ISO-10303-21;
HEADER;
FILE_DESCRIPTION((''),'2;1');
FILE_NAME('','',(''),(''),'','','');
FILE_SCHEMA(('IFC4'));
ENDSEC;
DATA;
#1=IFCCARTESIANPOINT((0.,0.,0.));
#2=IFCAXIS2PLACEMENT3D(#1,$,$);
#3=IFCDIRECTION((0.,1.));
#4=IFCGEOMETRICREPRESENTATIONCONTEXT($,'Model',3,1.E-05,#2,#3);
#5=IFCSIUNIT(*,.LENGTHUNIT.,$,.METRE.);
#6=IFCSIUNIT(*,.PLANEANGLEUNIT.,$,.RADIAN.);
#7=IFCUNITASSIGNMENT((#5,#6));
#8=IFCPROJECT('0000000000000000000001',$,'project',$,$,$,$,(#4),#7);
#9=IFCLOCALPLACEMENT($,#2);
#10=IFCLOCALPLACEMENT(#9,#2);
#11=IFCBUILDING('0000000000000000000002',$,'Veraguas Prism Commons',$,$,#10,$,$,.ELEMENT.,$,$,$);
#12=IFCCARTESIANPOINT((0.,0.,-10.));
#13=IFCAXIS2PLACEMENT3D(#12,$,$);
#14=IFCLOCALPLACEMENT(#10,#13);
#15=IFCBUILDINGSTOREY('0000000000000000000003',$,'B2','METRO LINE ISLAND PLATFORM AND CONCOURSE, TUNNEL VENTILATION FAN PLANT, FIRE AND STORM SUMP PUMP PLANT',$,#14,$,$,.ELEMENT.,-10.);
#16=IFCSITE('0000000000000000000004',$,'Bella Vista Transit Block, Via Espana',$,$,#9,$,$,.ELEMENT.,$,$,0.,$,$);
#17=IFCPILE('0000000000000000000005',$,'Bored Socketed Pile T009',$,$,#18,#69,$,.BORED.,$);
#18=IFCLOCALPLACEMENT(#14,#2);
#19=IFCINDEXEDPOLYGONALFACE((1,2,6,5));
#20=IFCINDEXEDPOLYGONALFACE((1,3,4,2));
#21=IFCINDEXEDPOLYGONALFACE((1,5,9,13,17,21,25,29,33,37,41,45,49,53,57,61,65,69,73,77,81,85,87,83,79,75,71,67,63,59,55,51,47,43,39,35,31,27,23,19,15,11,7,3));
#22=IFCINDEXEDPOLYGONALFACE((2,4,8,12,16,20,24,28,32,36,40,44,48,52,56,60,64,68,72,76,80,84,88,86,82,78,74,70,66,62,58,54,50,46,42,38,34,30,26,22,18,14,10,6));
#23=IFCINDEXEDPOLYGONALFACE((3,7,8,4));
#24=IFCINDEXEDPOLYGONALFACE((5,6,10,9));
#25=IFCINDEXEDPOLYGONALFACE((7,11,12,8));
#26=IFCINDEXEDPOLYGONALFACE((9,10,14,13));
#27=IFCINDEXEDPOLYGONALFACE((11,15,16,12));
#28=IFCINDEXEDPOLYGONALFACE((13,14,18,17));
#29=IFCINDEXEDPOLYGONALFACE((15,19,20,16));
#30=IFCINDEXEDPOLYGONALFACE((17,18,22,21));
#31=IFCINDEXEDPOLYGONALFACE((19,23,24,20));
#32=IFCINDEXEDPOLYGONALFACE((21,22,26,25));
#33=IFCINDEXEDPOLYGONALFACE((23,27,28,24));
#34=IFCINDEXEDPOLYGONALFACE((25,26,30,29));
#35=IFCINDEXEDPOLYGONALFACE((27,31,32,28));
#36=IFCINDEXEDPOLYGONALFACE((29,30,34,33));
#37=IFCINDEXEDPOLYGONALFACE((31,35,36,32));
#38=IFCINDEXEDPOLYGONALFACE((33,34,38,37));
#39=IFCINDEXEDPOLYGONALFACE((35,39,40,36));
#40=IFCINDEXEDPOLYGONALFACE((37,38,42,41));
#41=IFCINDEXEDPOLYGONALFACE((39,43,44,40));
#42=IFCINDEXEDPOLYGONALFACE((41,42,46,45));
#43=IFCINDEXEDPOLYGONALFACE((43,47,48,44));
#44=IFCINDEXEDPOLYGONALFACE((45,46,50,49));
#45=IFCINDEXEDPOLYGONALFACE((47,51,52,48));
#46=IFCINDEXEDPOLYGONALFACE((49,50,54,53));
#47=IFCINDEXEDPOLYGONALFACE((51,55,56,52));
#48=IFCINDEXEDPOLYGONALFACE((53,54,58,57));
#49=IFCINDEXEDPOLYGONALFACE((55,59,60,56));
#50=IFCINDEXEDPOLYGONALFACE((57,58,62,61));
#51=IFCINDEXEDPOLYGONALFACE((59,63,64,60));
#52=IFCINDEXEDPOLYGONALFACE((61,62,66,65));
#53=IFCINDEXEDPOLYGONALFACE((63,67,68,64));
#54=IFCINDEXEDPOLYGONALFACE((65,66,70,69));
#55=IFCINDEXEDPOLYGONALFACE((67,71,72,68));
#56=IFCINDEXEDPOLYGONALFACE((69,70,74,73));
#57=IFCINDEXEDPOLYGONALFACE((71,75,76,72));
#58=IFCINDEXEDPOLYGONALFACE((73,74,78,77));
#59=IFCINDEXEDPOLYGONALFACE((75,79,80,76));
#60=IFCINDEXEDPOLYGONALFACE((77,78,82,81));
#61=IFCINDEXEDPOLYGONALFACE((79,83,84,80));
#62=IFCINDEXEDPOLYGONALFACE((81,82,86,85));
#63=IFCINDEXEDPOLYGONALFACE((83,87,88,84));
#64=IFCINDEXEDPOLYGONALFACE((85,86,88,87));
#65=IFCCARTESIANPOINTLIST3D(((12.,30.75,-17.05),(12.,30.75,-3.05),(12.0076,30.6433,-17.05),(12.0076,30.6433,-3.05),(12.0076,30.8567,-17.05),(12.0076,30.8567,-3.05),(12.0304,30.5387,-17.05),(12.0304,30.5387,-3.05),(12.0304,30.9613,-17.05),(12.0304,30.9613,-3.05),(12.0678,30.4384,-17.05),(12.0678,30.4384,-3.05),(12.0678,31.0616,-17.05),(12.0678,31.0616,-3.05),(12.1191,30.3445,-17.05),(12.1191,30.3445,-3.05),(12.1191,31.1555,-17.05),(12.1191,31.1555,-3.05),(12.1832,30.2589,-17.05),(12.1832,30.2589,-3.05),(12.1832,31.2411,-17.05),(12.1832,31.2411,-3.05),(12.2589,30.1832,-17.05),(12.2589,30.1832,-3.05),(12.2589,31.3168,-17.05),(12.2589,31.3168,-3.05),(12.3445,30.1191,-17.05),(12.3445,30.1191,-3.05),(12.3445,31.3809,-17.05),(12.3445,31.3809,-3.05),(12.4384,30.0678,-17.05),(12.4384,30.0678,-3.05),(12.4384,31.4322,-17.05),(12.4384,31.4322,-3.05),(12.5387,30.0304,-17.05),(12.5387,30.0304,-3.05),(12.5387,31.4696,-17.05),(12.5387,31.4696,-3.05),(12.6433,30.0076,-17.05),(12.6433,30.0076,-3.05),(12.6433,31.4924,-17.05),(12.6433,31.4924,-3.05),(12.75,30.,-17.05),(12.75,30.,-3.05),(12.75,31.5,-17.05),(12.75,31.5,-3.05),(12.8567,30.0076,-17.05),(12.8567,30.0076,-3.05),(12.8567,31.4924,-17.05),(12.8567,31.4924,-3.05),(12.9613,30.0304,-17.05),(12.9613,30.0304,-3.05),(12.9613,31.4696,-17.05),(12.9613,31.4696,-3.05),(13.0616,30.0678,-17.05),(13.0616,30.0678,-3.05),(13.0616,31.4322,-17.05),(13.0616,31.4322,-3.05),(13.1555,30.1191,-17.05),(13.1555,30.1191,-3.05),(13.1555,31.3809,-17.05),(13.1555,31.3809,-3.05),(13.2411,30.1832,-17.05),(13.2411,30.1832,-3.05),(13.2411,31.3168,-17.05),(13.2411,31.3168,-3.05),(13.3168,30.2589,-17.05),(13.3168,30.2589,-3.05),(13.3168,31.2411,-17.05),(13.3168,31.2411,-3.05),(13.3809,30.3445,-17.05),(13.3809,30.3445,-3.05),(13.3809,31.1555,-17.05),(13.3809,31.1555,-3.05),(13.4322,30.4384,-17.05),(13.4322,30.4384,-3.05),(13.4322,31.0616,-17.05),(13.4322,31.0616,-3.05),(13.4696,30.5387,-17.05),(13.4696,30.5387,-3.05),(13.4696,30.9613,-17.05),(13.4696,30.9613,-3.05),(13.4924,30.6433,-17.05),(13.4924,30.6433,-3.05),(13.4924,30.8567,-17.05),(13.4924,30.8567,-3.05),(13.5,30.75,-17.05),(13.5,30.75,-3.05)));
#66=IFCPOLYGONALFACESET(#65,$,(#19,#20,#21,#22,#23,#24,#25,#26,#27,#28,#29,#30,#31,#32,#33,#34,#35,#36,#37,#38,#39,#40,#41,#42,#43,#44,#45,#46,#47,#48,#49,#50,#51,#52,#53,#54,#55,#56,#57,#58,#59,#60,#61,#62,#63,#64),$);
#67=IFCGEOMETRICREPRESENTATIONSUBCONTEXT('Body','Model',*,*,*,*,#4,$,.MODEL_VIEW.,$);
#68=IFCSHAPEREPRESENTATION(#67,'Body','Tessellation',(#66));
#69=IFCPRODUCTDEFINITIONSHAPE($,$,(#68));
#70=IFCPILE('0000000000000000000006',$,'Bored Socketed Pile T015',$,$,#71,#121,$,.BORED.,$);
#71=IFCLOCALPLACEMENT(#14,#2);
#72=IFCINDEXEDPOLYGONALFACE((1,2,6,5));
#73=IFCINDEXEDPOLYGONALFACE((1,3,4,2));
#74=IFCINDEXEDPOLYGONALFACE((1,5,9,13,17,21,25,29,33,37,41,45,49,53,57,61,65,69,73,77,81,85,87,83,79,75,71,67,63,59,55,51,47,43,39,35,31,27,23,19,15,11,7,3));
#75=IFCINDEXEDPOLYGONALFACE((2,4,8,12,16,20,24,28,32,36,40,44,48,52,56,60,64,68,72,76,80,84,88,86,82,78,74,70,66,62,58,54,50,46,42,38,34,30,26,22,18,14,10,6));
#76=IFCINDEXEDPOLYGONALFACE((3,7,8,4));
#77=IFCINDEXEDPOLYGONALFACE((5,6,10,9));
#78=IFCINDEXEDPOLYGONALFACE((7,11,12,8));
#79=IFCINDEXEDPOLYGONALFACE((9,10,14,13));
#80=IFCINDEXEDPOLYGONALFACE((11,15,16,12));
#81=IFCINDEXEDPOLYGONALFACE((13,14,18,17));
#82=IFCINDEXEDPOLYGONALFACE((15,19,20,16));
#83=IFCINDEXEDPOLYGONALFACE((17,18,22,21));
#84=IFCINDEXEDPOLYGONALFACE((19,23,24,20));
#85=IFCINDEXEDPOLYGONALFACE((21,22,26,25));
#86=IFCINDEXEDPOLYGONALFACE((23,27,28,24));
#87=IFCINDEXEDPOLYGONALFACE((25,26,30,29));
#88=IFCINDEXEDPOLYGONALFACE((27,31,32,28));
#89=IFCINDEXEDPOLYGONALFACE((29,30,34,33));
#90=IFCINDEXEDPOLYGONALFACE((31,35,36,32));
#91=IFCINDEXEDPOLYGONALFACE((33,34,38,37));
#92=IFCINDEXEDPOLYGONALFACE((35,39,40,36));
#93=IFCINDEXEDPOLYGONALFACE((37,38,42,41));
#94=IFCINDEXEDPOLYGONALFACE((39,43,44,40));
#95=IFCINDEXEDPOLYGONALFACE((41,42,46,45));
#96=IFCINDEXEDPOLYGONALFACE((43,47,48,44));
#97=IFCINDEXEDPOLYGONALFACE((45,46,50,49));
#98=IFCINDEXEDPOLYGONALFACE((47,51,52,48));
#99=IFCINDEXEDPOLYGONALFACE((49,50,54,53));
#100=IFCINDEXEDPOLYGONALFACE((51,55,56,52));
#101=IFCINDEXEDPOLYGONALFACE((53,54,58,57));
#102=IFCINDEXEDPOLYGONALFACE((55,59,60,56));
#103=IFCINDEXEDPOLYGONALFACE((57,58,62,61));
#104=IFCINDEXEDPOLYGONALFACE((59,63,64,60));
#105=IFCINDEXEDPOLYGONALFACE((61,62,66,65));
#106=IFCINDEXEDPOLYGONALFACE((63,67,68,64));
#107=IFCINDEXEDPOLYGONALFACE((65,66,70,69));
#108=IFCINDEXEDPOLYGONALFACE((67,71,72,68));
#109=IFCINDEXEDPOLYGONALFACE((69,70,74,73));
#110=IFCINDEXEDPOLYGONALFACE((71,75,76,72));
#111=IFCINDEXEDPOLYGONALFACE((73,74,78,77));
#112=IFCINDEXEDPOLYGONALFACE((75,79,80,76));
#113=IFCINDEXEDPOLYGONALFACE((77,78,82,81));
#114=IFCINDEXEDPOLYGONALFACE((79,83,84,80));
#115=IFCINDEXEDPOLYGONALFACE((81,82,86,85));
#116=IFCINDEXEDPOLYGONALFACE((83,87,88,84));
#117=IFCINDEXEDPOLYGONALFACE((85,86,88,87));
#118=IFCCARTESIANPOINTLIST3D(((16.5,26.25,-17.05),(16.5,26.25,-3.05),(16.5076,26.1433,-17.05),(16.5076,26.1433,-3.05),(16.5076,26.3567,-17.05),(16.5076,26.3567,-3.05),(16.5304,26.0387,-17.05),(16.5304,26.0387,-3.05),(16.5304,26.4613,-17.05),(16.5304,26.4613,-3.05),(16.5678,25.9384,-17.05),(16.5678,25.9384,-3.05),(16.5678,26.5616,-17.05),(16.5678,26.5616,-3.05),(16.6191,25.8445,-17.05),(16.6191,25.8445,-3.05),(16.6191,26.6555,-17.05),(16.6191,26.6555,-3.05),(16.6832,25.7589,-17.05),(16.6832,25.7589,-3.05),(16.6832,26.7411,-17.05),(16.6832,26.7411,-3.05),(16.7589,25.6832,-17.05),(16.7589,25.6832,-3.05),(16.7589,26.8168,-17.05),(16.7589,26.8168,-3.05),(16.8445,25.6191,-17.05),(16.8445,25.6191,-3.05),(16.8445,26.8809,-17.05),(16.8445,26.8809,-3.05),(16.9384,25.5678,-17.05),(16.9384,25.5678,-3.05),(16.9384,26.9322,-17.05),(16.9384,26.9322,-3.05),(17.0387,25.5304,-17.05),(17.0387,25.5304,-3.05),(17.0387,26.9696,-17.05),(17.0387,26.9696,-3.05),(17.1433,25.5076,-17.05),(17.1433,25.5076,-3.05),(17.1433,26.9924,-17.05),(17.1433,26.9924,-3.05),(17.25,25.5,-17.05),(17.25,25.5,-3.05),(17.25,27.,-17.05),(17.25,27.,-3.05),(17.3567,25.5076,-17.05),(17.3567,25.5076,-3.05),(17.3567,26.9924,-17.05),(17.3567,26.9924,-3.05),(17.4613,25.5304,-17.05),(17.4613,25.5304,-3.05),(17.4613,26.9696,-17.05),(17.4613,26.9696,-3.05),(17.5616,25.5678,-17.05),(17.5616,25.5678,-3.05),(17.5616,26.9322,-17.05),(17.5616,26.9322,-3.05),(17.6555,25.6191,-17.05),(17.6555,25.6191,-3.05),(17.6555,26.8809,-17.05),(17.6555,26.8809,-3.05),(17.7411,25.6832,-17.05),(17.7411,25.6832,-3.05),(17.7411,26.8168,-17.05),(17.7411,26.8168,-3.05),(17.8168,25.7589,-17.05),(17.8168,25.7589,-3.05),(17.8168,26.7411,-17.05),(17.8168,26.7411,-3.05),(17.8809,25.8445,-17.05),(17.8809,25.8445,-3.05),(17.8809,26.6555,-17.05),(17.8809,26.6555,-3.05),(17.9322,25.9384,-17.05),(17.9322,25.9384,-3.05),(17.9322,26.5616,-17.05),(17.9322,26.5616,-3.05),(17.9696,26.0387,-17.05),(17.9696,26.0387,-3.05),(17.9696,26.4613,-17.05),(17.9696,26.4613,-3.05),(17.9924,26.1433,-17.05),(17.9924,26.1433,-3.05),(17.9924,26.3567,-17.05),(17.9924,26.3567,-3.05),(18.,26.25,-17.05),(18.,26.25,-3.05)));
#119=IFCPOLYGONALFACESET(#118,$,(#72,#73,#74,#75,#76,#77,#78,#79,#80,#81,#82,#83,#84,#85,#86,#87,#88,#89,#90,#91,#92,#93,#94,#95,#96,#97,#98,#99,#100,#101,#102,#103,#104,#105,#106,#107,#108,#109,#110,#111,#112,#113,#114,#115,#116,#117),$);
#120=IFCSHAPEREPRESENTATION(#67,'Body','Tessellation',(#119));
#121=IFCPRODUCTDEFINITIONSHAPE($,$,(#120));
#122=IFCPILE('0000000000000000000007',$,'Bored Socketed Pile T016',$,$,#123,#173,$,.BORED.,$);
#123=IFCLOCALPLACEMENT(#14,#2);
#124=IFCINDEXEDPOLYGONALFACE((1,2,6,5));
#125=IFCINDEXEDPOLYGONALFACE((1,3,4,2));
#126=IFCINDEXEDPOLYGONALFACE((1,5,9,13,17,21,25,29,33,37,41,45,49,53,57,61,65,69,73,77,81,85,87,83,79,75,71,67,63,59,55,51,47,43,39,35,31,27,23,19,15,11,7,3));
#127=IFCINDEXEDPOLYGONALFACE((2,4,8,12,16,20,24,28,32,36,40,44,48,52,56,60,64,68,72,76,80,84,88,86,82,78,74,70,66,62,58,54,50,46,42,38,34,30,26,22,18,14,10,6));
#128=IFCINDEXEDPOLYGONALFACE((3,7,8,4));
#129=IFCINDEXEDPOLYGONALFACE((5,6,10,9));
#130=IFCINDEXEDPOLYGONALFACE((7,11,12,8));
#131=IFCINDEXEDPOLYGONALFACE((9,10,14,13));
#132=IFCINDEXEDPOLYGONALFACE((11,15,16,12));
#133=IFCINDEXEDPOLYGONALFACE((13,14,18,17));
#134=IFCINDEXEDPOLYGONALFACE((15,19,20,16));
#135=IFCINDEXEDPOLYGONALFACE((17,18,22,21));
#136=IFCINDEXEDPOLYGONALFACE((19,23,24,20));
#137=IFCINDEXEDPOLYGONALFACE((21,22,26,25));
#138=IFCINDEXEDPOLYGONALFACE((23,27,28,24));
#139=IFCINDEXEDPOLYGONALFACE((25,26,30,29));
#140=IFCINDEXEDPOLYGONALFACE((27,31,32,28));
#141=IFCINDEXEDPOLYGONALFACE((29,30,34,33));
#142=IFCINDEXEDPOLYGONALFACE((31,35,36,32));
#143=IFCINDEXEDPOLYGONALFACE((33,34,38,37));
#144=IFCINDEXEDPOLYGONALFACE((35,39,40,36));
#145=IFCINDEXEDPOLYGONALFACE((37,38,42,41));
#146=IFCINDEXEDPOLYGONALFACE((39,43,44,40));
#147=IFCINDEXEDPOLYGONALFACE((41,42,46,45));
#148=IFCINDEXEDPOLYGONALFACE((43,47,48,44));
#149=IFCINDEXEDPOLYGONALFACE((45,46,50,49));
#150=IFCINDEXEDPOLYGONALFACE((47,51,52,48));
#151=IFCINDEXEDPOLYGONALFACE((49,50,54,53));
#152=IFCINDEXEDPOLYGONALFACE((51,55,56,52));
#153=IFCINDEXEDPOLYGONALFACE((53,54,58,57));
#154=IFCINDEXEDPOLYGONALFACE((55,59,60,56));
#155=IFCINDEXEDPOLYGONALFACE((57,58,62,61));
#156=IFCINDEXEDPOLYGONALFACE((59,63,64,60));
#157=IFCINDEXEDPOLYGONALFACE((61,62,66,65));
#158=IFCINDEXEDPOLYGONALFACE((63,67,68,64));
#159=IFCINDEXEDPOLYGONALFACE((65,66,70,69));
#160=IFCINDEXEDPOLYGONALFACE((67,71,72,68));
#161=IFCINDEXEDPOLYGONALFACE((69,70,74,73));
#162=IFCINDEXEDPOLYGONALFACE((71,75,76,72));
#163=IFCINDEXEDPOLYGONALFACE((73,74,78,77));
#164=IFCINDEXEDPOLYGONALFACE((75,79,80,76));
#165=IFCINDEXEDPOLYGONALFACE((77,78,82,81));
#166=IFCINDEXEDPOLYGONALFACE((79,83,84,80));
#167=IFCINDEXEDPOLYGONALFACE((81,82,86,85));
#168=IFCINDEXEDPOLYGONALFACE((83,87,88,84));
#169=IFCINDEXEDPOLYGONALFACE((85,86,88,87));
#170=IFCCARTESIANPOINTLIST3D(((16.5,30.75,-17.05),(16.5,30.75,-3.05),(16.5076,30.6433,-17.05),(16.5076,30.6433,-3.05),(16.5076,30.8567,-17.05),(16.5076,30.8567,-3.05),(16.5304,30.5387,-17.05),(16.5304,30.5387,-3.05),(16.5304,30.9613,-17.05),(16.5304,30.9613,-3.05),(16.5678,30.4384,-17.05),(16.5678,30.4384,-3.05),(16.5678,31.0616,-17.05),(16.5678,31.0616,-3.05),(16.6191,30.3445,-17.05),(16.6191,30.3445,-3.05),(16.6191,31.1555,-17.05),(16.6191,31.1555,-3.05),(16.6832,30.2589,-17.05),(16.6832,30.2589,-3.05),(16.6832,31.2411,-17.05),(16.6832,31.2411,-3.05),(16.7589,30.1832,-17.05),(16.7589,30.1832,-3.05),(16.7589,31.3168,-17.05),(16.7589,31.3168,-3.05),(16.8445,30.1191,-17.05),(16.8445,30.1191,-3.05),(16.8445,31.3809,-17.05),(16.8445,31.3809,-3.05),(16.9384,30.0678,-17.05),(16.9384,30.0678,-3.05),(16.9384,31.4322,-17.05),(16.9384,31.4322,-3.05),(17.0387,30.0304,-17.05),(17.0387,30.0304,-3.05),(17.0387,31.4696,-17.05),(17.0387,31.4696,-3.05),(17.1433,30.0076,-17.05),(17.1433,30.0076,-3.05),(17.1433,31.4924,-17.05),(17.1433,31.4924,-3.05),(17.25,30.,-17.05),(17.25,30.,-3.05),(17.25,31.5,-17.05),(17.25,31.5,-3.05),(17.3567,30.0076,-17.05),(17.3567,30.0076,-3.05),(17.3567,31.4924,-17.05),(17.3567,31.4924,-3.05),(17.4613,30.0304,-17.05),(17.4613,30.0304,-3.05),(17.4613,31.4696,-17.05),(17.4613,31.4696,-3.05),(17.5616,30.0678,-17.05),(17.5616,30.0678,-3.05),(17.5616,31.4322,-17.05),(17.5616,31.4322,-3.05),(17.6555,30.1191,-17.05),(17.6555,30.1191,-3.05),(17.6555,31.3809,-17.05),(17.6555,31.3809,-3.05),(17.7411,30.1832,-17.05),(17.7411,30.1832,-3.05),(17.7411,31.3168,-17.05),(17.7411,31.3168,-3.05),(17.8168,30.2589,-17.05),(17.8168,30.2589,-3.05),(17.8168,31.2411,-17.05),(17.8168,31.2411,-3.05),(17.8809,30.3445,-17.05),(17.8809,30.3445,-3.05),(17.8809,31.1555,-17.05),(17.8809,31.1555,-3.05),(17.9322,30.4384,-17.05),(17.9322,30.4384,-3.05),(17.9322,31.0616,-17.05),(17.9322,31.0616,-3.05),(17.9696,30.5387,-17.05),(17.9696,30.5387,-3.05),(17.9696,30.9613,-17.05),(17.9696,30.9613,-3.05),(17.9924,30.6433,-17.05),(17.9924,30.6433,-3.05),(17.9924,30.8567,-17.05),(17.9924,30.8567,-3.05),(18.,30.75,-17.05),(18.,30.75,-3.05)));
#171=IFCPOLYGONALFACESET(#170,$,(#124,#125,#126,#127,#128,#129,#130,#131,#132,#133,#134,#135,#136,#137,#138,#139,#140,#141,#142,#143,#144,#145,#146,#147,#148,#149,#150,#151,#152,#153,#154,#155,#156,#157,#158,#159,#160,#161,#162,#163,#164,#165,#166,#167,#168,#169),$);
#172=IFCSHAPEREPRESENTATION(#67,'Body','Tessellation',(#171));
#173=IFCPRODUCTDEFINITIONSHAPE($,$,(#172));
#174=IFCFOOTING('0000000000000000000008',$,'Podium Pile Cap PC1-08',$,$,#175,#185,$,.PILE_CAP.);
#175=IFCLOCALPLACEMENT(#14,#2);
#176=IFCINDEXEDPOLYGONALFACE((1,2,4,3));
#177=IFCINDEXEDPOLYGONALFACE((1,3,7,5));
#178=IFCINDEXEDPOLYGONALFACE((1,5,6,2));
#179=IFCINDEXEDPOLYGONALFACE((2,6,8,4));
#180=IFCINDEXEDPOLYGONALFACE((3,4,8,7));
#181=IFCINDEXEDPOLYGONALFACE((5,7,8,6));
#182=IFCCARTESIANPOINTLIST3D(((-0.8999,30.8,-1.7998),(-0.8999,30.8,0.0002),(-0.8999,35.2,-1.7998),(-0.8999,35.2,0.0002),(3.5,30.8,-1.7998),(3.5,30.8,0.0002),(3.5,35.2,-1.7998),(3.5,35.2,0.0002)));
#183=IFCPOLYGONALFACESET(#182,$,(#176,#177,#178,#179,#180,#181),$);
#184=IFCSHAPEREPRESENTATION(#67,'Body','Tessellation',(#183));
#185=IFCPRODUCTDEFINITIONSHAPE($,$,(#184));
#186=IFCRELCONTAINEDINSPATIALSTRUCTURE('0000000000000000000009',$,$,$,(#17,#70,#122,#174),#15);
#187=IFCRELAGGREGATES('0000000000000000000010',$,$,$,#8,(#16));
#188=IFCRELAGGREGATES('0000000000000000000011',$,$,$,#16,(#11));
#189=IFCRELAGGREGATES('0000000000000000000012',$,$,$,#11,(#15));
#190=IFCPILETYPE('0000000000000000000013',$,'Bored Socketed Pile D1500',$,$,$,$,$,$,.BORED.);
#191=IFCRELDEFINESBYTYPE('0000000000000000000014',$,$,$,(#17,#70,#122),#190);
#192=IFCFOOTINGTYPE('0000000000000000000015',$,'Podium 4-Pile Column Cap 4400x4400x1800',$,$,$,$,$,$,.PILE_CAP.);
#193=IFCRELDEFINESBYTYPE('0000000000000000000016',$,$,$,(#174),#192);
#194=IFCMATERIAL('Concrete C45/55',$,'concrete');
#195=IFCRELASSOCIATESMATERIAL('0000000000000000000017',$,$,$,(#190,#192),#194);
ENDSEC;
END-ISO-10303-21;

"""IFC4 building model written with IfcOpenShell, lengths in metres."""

from ifc_helpers import new_model, si_unit, direction, frame, origin, origin_2d, place, context, subcontext, project, spatial, rectangle, circle, extrude, source, transform, mapped, material, material_profile, profile_set, type_object, element, save


model = new_model("IFC4")

# Units and contexts
model_context = context("Model", 3, precision=1e-05, world=origin(), true_north=direction((0.0, 1.0)))
body_context = subcontext(model_context, "Body", "Model", "MODEL_VIEW")
ifc_project = project(units=[si_unit("LENGTHUNIT", "METRE"), si_unit("PLANEANGLEUNIT", "RADIAN")], contexts=[model_context])

# Site, building, storey
site_placement = place(None, origin())
site = spatial("IfcSite", under=ifc_project, at=site_placement, Name="Bella Vista Transit Block, Via Espana", CompositionType="ELEMENT", RefElevation=0.0)
building_placement = place(site_placement, origin())
building = spatial("IfcBuilding", under=site, at=building_placement, Name="Veraguas Prism Commons", CompositionType="ELEMENT")
storey_placement = place(building_placement, frame((0.0, 0.0, -10.0)))
storey = spatial("IfcBuildingStorey", under=building, at=storey_placement, Name="B2", Description="METRO LINE ISLAND PLATFORM AND CONCOURSE, TUNNEL VENTILATION FAN PLANT, FIRE AND STORM SUMP PUMP PLANT", CompositionType="ELEMENT", Elevation=-10.0)

# Shared definitions
ifc_material_1 = material(Name="Concrete C45/55", Category="concrete")

# Piles
ifc_material_profile_1 = material_profile(ifc_material_1, circle(Radius=0.75, at=origin_2d()), Name="PILE1500")
ifc_profile_set_1 = profile_set([ifc_material_profile_1], Name="Concrete C45/55")
pile_type_1 = type_object("IfcPileType", Name="Bored Socketed Pile D1500", PredefinedType="BORED", material=ifc_profile_set_1)
shared_shape_1 = source(origin(), body_context, "Body", "SweptSolid", [
    extrude(circle(Radius=0.75, at=origin_2d()), origin(), (0.0, 0.0, 1.0), 14.0),
])
for number, where, z_axis, x_axis, name in (
    (1, (12.75, 30.75, -3.05), (0.0, 0.0, -1.0), (1.0, 0.0, 0.0), "Bored Socketed Pile T009"),
    (2, (17.25, 26.25, -3.05), (0.0, 0.0, -1.0), (1.0, 0.0, 0.0), "Bored Socketed Pile T015"),
    (3, (17.25, 30.75, -3.05), (0.0, 0.0, -1.0), (1.0, 0.0, 0.0), "Bored Socketed Pile T016"),
):
    element("IfcPile", number, at=place(storey_placement, frame(where, z_axis=z_axis, x_axis=x_axis)), inside=storey, type_object=pile_type_1, Name=name, PredefinedType="BORED", context=body_context, shape_type="MappedRepresentation", body=[
        mapped(shared_shape_1, transform((0.0, 0.0, 0.0), scale=1.0)),
    ])

# Footing
footing_type_1 = type_object("IfcFootingType", Name="Podium 4-Pile Column Cap 4400x4400x1800", PredefinedType="PILE_CAP", material=ifc_material_1)
shared_shape_2 = source(origin(), body_context, "Body", "SweptSolid", [
    extrude(rectangle(XDim=4.3999, YDim=4.3999, at=origin_2d()), origin(), (0.0, 0.0, 1.0), 1.8),
])
footing_1_placement = place(storey_placement, frame((1.3, 33.0, -1.7998), z_axis=(0.0, 0.0, 1.0), x_axis=(1.0, 0.0, 0.0)))
element("IfcFooting", 4, at=footing_1_placement, inside=storey, type_object=footing_type_1, Name="Podium Pile Cap PC1-08", PredefinedType="PILE_CAP", context=body_context, shape_type="MappedRepresentation", body=[
    mapped(shared_shape_2, transform((0.0, 0.0, 0.0), scale=1.0)),
])

save(model, "model.ifc")
